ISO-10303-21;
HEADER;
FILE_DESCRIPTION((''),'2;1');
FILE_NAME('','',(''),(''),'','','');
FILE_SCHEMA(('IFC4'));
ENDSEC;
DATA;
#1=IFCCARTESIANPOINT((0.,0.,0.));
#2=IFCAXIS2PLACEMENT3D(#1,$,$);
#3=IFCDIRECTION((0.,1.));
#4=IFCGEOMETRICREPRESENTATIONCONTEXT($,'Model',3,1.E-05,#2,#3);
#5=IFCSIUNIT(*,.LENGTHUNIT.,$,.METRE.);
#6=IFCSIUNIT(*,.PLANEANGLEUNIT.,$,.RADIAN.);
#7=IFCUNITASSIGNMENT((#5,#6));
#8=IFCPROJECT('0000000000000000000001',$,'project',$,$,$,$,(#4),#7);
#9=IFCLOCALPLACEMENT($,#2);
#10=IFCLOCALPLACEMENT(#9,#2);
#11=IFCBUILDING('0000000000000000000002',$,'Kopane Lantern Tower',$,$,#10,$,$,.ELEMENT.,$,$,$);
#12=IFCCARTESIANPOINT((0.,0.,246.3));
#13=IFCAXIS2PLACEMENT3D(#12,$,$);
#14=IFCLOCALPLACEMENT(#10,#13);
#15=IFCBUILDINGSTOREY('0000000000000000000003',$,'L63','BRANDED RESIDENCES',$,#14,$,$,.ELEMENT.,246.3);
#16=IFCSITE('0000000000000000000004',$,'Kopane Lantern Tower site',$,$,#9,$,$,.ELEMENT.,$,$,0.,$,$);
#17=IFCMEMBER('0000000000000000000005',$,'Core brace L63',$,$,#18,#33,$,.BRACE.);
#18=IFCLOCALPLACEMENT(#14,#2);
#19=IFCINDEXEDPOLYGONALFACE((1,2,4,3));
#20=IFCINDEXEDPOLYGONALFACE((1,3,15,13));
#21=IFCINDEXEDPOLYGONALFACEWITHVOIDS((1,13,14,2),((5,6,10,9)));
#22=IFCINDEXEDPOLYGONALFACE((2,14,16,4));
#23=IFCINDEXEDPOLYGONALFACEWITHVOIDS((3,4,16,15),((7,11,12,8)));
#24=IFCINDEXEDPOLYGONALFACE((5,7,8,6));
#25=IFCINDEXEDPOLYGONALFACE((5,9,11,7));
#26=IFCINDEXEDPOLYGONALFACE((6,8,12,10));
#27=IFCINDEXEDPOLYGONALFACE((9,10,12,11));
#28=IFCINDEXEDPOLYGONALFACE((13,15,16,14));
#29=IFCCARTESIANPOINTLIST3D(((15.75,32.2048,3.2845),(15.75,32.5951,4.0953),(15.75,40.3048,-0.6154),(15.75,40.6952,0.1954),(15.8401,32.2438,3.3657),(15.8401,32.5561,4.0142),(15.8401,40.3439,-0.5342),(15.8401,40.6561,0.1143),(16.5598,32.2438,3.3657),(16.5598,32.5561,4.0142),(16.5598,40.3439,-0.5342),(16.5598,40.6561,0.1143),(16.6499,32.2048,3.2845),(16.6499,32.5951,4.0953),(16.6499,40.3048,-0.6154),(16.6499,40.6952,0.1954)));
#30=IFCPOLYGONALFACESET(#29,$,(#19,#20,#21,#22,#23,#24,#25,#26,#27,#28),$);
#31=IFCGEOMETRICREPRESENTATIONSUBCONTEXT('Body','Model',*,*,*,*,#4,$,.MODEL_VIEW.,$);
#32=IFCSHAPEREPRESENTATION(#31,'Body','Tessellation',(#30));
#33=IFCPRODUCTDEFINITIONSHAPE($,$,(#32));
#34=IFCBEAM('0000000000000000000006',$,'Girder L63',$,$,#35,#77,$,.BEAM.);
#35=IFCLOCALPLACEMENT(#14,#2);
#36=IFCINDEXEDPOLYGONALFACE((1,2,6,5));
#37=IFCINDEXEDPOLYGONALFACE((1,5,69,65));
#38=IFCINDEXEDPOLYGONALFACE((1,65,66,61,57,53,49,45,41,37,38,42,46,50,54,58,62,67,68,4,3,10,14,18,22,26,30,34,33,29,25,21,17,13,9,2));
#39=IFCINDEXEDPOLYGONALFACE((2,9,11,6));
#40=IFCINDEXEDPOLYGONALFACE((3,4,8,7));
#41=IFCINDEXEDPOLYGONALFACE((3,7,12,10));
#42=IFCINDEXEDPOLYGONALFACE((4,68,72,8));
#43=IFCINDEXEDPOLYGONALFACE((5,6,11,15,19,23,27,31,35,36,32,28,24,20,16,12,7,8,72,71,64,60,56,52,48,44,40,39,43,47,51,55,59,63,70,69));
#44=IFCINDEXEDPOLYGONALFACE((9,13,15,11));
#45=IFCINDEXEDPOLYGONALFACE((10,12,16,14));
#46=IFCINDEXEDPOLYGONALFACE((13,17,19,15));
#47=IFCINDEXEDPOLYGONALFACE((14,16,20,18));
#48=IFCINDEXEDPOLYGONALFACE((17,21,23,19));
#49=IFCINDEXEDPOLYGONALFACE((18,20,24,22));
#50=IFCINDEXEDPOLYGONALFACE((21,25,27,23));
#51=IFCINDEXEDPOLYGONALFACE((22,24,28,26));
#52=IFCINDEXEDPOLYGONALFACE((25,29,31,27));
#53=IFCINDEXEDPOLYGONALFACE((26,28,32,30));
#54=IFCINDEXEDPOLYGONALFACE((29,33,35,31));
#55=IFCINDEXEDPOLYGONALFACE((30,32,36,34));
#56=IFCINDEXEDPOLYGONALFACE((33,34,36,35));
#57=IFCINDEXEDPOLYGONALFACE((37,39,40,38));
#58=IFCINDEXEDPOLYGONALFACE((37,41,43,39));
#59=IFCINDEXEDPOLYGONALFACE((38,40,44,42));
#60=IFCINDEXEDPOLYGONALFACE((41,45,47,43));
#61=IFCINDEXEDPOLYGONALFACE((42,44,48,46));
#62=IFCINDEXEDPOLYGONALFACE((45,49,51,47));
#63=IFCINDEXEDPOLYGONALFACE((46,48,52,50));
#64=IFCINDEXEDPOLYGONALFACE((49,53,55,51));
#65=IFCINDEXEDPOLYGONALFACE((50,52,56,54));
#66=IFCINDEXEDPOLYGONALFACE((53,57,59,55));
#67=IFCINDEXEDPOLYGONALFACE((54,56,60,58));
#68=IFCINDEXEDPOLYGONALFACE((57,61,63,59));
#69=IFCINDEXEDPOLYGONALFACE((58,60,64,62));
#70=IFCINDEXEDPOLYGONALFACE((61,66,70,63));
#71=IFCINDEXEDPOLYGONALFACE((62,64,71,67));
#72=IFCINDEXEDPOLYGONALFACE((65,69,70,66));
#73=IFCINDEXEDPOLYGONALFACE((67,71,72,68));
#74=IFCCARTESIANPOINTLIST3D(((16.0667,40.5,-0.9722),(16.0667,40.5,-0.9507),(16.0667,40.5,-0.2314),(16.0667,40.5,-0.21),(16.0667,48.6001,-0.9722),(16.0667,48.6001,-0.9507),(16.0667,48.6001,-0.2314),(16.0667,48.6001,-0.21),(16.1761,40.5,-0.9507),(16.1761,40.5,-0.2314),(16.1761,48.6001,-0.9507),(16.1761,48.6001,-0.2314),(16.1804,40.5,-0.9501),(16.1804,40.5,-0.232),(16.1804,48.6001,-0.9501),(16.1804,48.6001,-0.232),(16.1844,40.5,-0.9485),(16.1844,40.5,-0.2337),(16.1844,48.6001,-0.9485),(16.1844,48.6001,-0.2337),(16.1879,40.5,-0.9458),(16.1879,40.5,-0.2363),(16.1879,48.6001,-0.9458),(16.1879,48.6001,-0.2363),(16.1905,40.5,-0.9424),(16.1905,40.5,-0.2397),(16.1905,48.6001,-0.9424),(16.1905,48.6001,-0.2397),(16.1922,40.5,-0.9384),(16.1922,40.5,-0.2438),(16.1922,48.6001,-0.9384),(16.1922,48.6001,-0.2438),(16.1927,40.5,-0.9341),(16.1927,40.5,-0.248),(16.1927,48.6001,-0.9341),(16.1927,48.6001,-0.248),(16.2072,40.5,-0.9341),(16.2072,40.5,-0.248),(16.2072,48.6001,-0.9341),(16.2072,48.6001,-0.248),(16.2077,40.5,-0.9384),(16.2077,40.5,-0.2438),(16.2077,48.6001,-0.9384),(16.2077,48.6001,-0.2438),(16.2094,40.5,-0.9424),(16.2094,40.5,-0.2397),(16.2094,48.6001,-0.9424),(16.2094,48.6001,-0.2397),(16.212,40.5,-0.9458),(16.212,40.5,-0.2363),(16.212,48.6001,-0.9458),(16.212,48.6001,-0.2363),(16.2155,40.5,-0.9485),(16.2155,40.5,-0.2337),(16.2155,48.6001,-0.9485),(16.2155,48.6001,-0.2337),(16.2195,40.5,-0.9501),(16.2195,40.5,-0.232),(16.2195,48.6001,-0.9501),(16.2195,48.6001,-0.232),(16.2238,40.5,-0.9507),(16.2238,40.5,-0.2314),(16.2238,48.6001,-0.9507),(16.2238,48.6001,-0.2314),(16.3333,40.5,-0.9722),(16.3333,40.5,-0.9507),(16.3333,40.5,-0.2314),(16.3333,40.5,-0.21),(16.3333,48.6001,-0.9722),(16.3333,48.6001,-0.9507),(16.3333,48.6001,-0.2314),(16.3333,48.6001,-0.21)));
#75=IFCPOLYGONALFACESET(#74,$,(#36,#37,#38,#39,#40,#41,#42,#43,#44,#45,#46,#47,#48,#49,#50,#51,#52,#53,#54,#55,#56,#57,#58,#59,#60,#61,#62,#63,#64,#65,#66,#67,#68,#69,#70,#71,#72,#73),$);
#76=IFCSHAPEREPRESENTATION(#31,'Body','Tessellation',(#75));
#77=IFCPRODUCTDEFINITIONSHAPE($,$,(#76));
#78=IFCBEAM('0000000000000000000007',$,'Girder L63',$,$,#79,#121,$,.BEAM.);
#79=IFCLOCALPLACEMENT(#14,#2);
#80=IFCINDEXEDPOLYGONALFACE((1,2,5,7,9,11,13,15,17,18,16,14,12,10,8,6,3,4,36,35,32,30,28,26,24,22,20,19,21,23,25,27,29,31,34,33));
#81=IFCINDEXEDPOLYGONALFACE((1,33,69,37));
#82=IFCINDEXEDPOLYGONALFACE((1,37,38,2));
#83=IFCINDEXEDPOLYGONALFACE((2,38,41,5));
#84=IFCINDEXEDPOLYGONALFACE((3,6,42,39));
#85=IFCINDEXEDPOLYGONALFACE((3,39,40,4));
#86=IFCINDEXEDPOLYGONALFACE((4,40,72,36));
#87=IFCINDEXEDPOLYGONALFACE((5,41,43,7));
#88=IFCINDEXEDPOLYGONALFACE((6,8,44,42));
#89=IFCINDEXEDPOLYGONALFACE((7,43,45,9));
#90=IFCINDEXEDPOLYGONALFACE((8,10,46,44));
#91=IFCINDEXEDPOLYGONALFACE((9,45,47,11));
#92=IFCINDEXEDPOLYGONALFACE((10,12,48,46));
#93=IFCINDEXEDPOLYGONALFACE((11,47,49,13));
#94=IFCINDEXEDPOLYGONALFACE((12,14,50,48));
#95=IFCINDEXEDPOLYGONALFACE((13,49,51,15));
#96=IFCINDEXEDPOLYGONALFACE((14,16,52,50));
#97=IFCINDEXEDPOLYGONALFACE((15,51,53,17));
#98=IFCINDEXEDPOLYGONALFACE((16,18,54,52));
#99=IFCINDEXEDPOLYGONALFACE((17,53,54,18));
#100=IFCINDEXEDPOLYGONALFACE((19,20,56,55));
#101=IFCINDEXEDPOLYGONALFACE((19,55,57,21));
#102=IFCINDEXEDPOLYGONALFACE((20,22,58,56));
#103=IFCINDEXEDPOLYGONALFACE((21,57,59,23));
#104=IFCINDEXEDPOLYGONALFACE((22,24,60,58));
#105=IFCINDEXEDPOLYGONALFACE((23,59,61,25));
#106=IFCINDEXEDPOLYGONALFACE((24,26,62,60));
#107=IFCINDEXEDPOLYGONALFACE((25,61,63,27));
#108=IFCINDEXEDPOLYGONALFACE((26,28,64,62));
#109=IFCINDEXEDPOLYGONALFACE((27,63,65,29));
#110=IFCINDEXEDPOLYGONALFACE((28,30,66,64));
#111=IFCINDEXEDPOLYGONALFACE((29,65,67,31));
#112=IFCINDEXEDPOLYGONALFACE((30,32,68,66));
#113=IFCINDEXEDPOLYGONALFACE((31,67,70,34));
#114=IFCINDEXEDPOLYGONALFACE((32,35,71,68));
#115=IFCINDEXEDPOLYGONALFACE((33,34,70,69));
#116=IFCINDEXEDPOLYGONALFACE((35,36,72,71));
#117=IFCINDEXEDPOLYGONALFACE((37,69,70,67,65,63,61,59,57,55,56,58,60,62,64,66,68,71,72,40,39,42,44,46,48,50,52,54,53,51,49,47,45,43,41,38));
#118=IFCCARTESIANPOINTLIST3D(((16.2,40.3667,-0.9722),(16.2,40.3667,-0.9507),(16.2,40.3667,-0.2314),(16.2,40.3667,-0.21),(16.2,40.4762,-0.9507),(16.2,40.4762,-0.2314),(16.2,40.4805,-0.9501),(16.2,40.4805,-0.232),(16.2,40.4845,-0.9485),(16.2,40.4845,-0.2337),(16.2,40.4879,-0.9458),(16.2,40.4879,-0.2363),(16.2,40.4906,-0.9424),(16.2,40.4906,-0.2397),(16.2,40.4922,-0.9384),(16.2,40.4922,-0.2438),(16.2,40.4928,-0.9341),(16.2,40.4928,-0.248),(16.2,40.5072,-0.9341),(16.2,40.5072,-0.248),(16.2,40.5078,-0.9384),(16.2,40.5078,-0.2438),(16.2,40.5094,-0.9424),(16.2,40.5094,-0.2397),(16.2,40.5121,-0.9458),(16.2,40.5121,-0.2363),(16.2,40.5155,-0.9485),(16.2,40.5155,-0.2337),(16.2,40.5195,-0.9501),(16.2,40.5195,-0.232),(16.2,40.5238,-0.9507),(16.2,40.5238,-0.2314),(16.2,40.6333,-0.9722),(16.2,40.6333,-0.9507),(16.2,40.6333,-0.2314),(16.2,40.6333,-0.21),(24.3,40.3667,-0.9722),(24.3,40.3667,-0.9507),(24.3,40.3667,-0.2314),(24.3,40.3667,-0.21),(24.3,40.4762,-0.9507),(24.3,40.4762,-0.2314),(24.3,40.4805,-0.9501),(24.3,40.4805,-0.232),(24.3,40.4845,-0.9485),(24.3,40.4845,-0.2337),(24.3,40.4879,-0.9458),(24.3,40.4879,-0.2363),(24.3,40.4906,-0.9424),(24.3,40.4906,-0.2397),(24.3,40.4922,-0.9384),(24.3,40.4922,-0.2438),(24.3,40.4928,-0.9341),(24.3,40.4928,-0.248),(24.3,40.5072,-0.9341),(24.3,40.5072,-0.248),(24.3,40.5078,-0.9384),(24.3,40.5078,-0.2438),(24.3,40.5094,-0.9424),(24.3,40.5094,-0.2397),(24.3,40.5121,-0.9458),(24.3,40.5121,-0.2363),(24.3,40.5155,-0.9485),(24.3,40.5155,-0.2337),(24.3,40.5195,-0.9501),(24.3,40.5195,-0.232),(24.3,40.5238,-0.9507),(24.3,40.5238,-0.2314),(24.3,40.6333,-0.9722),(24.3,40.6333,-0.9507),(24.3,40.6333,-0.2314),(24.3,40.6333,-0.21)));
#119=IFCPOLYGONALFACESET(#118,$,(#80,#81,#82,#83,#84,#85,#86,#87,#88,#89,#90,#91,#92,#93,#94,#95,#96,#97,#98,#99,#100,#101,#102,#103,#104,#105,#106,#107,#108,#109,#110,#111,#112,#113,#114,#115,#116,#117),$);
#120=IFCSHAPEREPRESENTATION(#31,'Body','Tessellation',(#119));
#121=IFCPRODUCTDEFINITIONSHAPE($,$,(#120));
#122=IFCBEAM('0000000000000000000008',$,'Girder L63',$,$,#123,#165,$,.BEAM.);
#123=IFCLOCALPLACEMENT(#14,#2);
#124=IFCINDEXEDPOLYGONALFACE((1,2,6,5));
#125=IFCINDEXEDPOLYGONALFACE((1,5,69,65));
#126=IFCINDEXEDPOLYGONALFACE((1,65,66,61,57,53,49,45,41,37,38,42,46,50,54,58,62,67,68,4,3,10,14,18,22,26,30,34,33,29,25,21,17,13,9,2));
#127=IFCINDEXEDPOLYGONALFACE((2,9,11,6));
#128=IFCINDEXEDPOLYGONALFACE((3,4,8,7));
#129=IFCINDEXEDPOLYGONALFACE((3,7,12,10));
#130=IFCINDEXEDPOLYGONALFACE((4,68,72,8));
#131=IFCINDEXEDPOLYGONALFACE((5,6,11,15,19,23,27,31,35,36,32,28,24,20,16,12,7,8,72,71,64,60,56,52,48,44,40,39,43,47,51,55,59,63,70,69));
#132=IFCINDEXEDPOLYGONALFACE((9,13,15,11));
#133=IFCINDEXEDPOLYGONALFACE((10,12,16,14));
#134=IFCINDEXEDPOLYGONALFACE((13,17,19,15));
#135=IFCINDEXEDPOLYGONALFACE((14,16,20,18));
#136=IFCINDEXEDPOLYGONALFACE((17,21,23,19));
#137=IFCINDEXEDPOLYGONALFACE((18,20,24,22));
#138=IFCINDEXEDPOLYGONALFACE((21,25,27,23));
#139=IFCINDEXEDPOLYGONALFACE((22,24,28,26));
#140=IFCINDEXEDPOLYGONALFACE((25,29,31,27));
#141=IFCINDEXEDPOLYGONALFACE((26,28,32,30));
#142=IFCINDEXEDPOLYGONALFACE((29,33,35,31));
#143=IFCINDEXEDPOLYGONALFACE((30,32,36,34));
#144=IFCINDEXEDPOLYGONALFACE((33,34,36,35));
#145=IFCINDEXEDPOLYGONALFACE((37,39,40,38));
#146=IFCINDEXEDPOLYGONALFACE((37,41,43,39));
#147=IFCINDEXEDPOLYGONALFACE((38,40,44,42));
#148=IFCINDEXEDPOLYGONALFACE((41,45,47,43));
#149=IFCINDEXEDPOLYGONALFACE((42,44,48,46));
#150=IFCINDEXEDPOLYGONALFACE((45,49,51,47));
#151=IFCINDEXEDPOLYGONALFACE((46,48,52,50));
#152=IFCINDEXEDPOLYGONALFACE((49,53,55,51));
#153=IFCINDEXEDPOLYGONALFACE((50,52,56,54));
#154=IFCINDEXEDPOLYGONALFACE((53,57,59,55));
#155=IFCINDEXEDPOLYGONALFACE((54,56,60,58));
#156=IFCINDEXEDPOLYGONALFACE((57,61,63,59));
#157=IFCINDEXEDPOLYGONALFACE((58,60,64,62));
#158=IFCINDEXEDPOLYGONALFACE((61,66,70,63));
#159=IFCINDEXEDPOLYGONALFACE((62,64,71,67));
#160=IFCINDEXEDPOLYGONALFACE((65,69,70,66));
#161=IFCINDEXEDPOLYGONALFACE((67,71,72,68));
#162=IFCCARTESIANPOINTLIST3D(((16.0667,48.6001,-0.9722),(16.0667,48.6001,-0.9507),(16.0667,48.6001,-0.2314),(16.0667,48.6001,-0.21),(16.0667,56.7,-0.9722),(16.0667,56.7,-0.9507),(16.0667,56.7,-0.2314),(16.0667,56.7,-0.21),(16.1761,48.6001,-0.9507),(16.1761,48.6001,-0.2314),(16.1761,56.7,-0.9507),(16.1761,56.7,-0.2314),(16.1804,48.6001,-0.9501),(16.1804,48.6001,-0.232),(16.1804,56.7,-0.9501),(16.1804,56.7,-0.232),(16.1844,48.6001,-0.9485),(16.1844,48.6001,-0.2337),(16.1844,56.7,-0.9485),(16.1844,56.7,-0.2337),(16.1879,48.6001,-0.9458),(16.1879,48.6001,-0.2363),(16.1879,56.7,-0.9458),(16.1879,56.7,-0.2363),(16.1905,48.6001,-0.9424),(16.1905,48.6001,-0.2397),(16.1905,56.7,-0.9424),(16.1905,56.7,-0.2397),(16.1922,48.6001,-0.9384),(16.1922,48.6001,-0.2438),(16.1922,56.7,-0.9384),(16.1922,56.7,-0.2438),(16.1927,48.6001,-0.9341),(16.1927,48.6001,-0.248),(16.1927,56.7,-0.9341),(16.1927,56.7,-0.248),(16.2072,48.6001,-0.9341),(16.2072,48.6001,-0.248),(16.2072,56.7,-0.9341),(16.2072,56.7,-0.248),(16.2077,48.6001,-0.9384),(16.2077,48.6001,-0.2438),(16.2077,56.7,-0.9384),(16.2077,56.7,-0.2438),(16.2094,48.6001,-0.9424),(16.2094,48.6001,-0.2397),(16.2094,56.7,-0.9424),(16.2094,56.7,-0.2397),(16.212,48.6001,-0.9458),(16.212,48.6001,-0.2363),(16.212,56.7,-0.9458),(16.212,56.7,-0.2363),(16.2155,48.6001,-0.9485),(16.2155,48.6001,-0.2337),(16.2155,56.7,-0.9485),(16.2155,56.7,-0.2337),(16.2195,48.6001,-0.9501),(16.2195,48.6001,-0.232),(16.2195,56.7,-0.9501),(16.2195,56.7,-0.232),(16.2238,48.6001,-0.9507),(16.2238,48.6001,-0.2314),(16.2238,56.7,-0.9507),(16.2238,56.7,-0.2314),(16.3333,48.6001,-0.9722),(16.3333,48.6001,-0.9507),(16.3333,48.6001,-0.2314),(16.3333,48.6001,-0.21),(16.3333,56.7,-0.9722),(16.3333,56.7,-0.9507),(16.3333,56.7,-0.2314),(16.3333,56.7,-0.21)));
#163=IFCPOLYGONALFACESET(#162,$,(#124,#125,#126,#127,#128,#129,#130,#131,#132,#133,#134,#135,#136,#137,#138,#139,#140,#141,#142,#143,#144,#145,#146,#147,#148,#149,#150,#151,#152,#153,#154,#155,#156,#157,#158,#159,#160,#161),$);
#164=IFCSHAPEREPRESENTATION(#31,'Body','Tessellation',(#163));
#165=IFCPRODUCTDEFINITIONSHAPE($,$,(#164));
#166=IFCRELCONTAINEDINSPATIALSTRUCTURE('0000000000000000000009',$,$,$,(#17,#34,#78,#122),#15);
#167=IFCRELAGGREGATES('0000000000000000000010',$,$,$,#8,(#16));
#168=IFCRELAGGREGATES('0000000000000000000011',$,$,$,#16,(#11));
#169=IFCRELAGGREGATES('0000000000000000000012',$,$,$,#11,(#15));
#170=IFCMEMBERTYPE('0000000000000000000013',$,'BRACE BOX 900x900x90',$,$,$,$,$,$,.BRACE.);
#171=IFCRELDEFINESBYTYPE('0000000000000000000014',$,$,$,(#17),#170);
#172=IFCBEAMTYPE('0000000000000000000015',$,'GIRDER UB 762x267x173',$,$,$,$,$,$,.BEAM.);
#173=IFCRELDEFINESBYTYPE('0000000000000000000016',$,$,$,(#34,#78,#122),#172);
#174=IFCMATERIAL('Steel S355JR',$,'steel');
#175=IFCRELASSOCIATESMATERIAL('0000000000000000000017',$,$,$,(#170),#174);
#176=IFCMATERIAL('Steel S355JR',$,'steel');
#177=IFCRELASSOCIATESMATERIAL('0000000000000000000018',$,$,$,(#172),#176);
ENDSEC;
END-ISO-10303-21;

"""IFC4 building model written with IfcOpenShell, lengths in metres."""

from ifc_helpers import new_model, si_unit, direction, frame, origin, origin_2d, place, context, subcontext, project, spatial, hollow_rectangle, i_section, extrude, material, material_profile, profile_set, type_object, element, save


model = new_model("IFC4")

# Units and contexts
model_context = context("Model", 3, precision=1e-05, world=origin(), true_north=direction((0.0, 1.0)))
body_context = subcontext(model_context, "Body", "Model", "MODEL_VIEW")
ifc_project = project(units=[si_unit("LENGTHUNIT", "METRE"), si_unit("PLANEANGLEUNIT", "RADIAN")], contexts=[model_context])

# Site, building, storey
site_placement = place(None, origin())
site = spatial("IfcSite", under=ifc_project, at=site_placement, Name="Kopane Lantern Tower site", CompositionType="ELEMENT", RefElevation=0.0)
building_placement = place(site_placement, origin())
building = spatial("IfcBuilding", under=site, at=building_placement, Name="Kopane Lantern Tower", CompositionType="ELEMENT")
storey_placement = place(building_placement, frame((0.0, 0.0, 246.3)))
storey = spatial("IfcBuildingStorey", under=building, at=storey_placement, Name="L63", Description="BRANDED RESIDENCES", CompositionType="ELEMENT", Elevation=246.3)

# Member
ifc_material_1 = material(Name="Steel S355JR", Category="steel")
ifc_material_profile_1 = material_profile(ifc_material_1, hollow_rectangle(XDim=0.8999, YDim=0.8999, WallThickness=0.0901, at=origin_2d()), Name="BOX 900x900x90")
ifc_profile_set_1 = profile_set([ifc_material_profile_1], Name="Steel S355JR")
member_type_1 = type_object("IfcMemberType", Name="BRACE BOX 900x900x90", PredefinedType="BRACE", material=ifc_profile_set_1)
member_1_placement = place(storey_placement, frame((16.2, 40.5, -0.21), z_axis=(0.0, -0.901008, 0.433803), x_axis=(1.0, 0.0, 0.0)))
element("IfcMember", 1, at=member_1_placement, inside=storey, type_object=member_type_1, Name="Core brace L63", PredefinedType="BRACE", context=body_context, shape_type="SweptSolid", body=[
    extrude(hollow_rectangle(XDim=0.8999, YDim=0.8999, WallThickness=0.0901, at=origin_2d()), origin(), (0.0, 0.0, 1.0), 8.99),
])

# Beams
ifc_material_2 = material(Name="Steel S355JR", Category="steel")
ifc_material_profile_2 = material_profile(ifc_material_2, i_section(OverallWidth=0.2666, OverallDepth=0.7622, WebThickness=0.0144, FlangeThickness=0.0215, FilletRadius=0.0166, at=origin_2d()), Name="UB 762x267x173")
ifc_profile_set_2 = profile_set([ifc_material_profile_2], Name="Steel S355JR")
beam_type_1 = type_object("IfcBeamType", Name="GIRDER UB 762x267x173", PredefinedType="BEAM", material=ifc_profile_set_2)
for number, where, z_axis, x_axis, name in (
    (2, (16.2, 40.5, -0.5911), (0.0, 1.0, 0.0), (-1.0, 0.0, 0.0), "Girder L63"),
    (3, (16.2, 40.5, -0.5911), (1.0, 0.0, 0.0), (0.0, 1.0, 0.0), "Girder L63"),
):
    element("IfcBeam", number, at=place(storey_placement, frame(where, z_axis=z_axis, x_axis=x_axis)), inside=storey, type_object=beam_type_1, Name=name, PredefinedType="BEAM", context=body_context, shape_type="SweptSolid", body=[
        extrude(i_section(OverallWidth=0.2666, OverallDepth=0.7622, WebThickness=0.0144, FlangeThickness=0.0215, FilletRadius=0.0166, at=origin_2d()), origin(), (0.0, 0.0, 1.0), 8.1001),
    ])
beam_1_placement = place(storey_placement, frame((16.2, 48.6001, -0.5911), z_axis=(0.0, 1.0, 0.0), x_axis=(-1.0, 0.0, 0.0)))
element("IfcBeam", 4, at=beam_1_placement, inside=storey, type_object=beam_type_1, Name="Girder L63", PredefinedType="BEAM", context=body_context, shape_type="SweptSolid", body=[
    extrude(i_section(OverallWidth=0.2666, OverallDepth=0.7622, WebThickness=0.0144, FlangeThickness=0.0215, FilletRadius=0.0166, at=origin_2d()), origin(), (0.0, 0.0, 1.0), 8.0999),
])

save(model, "model.ifc")
